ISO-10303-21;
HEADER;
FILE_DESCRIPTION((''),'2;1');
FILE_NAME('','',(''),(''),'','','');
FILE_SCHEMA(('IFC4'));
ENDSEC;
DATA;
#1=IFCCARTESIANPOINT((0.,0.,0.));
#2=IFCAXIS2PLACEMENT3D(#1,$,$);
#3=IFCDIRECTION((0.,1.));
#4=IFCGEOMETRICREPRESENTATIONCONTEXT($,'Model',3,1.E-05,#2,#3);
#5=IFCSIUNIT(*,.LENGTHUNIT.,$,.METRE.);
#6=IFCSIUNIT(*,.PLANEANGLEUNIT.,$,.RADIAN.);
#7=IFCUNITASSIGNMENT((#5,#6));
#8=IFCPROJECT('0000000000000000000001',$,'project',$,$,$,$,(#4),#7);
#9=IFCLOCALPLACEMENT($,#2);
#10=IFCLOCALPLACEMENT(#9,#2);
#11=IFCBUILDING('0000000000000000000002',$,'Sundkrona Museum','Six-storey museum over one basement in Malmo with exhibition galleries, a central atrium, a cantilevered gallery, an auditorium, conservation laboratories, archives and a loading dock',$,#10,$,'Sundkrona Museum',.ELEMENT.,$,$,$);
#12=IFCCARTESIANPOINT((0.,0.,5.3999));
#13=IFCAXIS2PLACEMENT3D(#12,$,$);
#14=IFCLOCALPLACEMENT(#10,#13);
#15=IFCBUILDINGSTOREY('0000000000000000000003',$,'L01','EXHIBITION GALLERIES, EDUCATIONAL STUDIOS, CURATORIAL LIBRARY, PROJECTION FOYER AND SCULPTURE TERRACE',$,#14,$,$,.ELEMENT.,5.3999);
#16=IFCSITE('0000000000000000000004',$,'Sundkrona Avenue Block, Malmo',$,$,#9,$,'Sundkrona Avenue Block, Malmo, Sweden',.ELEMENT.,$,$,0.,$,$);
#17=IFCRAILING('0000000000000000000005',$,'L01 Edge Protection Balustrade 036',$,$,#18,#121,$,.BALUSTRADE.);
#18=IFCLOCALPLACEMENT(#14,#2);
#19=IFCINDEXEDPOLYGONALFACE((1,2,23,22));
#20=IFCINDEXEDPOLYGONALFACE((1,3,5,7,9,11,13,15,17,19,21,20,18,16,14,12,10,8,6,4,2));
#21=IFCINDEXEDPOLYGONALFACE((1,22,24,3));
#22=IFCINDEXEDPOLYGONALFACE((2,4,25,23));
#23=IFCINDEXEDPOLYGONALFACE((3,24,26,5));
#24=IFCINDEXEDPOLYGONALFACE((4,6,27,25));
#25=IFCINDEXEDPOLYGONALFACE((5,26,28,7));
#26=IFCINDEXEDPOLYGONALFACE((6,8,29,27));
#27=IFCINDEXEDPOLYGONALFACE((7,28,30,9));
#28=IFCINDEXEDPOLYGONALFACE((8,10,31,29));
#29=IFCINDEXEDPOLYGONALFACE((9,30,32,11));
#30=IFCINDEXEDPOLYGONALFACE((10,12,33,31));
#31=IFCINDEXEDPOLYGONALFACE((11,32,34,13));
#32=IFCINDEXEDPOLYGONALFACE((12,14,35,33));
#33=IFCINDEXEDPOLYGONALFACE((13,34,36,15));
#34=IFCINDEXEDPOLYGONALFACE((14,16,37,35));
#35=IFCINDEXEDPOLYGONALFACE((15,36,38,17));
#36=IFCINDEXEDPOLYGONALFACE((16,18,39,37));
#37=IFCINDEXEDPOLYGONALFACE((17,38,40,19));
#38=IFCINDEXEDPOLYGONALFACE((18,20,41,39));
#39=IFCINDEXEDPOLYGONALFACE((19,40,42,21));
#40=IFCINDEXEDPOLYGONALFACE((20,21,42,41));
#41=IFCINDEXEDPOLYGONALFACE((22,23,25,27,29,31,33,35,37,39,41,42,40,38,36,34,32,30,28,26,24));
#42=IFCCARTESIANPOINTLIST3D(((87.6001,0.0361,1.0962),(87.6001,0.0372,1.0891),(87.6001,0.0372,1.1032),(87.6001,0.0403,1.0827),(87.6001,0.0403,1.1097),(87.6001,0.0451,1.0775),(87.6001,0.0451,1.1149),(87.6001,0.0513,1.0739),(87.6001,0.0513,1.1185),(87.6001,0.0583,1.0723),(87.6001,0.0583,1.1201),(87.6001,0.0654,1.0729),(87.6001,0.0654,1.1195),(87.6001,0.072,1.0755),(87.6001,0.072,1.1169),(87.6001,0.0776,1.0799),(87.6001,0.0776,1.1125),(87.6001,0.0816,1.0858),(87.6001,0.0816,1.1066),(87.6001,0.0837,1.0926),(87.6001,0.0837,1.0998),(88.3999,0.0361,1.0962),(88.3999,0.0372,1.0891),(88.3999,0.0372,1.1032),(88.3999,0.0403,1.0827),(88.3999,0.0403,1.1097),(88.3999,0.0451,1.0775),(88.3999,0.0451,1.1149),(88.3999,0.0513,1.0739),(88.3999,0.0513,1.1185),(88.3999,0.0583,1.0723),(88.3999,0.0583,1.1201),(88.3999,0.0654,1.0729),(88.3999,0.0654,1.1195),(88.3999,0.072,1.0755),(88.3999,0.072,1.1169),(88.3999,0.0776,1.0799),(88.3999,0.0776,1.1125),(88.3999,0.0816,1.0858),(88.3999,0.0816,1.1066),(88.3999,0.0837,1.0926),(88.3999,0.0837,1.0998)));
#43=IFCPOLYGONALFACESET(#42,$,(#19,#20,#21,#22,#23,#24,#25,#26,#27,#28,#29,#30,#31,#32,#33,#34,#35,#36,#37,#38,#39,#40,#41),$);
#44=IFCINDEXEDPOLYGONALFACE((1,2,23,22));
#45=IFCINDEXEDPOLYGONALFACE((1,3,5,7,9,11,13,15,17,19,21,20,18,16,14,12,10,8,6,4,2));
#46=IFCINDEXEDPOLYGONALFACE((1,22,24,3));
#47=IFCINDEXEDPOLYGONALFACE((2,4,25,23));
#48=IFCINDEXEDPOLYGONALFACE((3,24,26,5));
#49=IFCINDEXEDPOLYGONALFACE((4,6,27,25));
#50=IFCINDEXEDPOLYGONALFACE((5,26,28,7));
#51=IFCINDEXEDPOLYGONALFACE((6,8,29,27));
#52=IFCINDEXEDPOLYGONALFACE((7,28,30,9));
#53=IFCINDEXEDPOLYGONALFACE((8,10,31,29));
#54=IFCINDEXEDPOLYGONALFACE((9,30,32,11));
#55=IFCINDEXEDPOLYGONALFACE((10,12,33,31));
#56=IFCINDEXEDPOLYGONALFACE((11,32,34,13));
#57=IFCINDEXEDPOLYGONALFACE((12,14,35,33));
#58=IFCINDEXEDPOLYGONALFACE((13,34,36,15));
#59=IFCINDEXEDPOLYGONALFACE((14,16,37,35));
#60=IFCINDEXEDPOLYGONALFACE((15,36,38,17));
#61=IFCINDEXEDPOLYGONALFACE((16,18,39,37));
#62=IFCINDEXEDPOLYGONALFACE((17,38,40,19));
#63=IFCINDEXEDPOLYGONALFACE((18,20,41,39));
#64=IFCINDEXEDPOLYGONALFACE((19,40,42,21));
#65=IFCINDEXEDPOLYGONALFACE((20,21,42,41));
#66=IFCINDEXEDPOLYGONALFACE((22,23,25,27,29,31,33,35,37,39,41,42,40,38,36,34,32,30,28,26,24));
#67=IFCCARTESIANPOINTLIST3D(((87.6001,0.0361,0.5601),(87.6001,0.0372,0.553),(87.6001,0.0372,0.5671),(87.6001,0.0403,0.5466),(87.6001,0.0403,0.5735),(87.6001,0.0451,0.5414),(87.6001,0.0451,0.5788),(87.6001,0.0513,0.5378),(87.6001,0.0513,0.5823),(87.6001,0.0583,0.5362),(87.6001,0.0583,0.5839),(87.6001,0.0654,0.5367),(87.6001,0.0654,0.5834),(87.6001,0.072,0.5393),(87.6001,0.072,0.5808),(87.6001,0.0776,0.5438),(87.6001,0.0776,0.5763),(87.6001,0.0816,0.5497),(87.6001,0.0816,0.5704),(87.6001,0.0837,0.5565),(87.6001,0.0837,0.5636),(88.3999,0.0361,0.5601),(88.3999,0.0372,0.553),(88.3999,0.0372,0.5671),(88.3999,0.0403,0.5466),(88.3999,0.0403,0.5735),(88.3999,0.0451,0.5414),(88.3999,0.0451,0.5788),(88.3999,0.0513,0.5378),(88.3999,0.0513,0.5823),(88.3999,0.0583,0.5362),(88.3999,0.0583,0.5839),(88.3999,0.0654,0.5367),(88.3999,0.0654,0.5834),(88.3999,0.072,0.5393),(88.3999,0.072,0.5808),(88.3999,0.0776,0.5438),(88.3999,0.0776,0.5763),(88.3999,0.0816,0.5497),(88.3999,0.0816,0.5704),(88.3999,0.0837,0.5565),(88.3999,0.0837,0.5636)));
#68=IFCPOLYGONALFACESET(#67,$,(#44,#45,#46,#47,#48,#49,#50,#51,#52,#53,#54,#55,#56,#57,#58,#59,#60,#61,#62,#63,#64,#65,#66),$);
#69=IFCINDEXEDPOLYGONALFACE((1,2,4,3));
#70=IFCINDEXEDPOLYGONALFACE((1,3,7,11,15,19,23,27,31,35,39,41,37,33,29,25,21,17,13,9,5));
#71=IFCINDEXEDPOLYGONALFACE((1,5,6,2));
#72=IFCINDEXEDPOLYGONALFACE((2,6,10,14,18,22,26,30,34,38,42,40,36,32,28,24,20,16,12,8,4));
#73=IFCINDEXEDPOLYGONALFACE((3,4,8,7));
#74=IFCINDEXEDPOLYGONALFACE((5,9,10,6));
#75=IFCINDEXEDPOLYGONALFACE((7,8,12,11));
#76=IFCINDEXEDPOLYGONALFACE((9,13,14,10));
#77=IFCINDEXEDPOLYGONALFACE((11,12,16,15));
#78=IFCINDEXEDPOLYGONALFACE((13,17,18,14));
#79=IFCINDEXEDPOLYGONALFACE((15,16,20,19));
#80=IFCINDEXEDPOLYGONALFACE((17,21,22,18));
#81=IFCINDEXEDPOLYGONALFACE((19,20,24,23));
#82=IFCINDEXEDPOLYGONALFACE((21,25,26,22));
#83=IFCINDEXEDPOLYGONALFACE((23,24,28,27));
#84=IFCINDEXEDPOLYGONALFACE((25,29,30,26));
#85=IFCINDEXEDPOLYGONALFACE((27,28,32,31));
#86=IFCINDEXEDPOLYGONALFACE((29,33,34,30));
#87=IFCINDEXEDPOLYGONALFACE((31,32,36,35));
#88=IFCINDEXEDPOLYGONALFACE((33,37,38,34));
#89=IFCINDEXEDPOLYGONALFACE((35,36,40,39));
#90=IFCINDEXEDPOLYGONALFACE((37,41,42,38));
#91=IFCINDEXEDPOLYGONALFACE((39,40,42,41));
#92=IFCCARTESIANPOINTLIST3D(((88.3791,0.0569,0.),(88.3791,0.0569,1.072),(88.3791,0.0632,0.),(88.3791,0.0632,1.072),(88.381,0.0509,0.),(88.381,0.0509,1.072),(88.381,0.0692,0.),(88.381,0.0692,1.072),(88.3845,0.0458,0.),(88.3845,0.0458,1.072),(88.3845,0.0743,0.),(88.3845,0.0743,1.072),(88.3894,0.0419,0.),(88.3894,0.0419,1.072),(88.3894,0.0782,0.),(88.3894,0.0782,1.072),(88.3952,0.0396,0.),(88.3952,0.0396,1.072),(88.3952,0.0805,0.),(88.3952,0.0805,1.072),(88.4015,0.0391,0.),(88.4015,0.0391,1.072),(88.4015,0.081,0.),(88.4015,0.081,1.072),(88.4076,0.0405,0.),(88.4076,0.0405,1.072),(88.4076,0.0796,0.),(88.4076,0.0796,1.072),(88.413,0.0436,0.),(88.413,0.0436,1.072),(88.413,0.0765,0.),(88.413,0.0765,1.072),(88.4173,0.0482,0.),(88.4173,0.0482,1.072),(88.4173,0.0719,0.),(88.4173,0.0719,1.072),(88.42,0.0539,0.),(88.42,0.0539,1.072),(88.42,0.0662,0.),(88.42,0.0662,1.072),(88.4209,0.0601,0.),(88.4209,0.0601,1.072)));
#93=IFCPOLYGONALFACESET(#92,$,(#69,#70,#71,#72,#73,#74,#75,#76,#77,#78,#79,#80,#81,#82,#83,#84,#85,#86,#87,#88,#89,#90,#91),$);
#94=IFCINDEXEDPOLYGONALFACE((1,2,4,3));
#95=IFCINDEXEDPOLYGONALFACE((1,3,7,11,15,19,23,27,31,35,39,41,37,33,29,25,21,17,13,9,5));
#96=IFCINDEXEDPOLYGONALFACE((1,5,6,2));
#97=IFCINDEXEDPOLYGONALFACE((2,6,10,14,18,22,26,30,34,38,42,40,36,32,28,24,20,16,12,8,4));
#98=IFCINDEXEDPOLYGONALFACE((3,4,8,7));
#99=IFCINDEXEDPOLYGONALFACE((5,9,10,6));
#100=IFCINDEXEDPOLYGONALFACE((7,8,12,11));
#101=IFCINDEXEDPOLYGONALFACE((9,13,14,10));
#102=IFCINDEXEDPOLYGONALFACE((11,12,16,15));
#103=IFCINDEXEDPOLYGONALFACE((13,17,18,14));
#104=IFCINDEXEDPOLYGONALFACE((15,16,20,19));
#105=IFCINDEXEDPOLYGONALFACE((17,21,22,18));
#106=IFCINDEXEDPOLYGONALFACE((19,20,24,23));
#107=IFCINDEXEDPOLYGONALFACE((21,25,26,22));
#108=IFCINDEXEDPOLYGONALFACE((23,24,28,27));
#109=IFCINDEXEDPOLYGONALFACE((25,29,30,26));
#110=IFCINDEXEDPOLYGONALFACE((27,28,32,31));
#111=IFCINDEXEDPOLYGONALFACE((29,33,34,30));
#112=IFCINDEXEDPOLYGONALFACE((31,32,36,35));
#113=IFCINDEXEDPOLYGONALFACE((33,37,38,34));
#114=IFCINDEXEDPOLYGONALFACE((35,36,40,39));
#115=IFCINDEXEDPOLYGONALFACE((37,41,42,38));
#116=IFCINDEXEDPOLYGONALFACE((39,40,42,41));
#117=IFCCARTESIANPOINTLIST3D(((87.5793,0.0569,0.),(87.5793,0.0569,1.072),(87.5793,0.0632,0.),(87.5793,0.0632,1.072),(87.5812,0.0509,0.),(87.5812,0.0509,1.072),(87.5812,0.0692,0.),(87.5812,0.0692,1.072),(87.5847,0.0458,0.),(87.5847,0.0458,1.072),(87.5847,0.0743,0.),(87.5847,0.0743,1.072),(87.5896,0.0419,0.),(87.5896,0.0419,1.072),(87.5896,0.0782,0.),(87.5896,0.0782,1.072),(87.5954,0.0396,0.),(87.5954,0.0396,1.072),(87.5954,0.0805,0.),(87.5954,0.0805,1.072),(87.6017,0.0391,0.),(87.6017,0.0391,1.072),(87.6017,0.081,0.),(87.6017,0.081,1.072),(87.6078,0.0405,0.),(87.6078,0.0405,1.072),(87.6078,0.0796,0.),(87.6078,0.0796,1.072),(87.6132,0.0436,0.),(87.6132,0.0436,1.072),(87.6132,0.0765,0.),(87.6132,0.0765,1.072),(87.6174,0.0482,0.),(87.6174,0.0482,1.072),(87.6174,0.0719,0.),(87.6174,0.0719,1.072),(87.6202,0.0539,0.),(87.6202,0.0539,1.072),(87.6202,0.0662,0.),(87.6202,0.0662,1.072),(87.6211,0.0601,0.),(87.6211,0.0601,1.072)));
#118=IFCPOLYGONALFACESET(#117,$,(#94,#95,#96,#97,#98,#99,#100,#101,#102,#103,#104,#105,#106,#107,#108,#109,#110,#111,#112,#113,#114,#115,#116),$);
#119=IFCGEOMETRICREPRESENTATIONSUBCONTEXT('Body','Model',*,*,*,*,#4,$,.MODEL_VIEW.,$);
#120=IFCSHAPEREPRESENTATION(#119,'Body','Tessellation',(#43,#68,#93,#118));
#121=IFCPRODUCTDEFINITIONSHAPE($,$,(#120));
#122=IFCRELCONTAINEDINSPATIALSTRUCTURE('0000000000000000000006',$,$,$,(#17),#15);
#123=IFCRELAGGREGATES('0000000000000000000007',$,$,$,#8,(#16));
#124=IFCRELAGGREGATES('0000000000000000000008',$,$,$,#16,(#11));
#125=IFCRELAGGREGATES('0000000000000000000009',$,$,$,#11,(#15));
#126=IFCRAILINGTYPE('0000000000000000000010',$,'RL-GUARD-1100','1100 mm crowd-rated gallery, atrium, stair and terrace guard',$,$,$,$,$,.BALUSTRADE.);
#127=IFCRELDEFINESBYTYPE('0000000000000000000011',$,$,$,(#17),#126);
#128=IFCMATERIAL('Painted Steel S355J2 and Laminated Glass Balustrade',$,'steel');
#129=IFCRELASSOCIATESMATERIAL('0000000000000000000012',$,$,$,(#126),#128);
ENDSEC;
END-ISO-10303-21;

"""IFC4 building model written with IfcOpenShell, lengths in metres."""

from ifc_helpers import new_model, si_unit, direction, frame, origin, origin_2d, place, context, subcontext, project, spatial, circle, extrude, material, type_object, element, save


model = new_model("IFC4")

# Units and contexts
model_context = context("Model", 3, precision=1e-05, world=origin(), true_north=direction((0.0, 1.0)))
body_context = subcontext(model_context, "Body", "Model", "MODEL_VIEW")
ifc_project = project(units=[si_unit("LENGTHUNIT", "METRE"), si_unit("PLANEANGLEUNIT", "RADIAN")], contexts=[model_context])

# Site, building, storey
site_placement = place(None, origin())
site = spatial("IfcSite", under=ifc_project, at=site_placement, Name="Sundkrona Avenue Block, Malmo", LongName="Sundkrona Avenue Block, Malmo, Sweden", CompositionType="ELEMENT", RefElevation=0.0)
building_placement = place(site_placement, origin())
building = spatial("IfcBuilding", under=site, at=building_placement, Name="Sundkrona Museum", Description="Six-storey museum over one basement in Malmo with exhibition galleries, a central atrium, a cantilevered gallery, an auditorium, conservation laboratories, archives and a loading dock", LongName="Sundkrona Museum", CompositionType="ELEMENT")
storey_placement = place(building_placement, frame((0.0, 0.0, 5.3999)))
storey = spatial("IfcBuildingStorey", under=building, at=storey_placement, Name="L01", Description="EXHIBITION GALLERIES, EDUCATIONAL STUDIOS, CURATORIAL LIBRARY, PROJECTION FOYER AND SCULPTURE TERRACE", CompositionType="ELEMENT", Elevation=5.3999)

# Railing
ifc_material_1 = material(Name="Painted Steel S355J2 and Laminated Glass Balustrade", Category="steel")
railing_type = type_object("IfcRailingType", Name="RL-GUARD-1100", Description="1100 mm crowd-rated gallery, atrium, stair and terrace guard", PredefinedType="BALUSTRADE", material=ifc_material_1)
railing_placement = place(storey_placement, frame((88.3999, 0.0601, 0.0)))
element("IfcRailing", 1, at=railing_placement, inside=storey, type_object=railing_type, Name="L01 Edge Protection Balustrade 036", PredefinedType="BALUSTRADE", context=body_context, shape_type="SweptSolid", body=[
    extrude(circle(Radius=0.0239, at=origin_2d()), frame((0.0, 0.0, 1.0962), z_axis=(-1.0, 0.0, 0.0), x_axis=(0.0, -1.0, 0.0)), (0.0, 0.0, 1.0), 0.7998),
    extrude(circle(Radius=0.0239, at=origin_2d()), frame((0.0, 0.0, 0.5601), z_axis=(-1.0, 0.0, 0.0), x_axis=(0.0, -1.0, 0.0)), (0.0, 0.0, 1.0), 0.7998),
    extrude(circle(Radius=0.021, at=origin_2d()), origin(), (0.0, 0.0, 1.0), 1.072),
    extrude(circle(Radius=0.021, at=origin_2d()), frame((-0.7998, 0.0, 0.0)), (0.0, 0.0, 1.0), 1.072),
])

save(model, "model.ifc")
